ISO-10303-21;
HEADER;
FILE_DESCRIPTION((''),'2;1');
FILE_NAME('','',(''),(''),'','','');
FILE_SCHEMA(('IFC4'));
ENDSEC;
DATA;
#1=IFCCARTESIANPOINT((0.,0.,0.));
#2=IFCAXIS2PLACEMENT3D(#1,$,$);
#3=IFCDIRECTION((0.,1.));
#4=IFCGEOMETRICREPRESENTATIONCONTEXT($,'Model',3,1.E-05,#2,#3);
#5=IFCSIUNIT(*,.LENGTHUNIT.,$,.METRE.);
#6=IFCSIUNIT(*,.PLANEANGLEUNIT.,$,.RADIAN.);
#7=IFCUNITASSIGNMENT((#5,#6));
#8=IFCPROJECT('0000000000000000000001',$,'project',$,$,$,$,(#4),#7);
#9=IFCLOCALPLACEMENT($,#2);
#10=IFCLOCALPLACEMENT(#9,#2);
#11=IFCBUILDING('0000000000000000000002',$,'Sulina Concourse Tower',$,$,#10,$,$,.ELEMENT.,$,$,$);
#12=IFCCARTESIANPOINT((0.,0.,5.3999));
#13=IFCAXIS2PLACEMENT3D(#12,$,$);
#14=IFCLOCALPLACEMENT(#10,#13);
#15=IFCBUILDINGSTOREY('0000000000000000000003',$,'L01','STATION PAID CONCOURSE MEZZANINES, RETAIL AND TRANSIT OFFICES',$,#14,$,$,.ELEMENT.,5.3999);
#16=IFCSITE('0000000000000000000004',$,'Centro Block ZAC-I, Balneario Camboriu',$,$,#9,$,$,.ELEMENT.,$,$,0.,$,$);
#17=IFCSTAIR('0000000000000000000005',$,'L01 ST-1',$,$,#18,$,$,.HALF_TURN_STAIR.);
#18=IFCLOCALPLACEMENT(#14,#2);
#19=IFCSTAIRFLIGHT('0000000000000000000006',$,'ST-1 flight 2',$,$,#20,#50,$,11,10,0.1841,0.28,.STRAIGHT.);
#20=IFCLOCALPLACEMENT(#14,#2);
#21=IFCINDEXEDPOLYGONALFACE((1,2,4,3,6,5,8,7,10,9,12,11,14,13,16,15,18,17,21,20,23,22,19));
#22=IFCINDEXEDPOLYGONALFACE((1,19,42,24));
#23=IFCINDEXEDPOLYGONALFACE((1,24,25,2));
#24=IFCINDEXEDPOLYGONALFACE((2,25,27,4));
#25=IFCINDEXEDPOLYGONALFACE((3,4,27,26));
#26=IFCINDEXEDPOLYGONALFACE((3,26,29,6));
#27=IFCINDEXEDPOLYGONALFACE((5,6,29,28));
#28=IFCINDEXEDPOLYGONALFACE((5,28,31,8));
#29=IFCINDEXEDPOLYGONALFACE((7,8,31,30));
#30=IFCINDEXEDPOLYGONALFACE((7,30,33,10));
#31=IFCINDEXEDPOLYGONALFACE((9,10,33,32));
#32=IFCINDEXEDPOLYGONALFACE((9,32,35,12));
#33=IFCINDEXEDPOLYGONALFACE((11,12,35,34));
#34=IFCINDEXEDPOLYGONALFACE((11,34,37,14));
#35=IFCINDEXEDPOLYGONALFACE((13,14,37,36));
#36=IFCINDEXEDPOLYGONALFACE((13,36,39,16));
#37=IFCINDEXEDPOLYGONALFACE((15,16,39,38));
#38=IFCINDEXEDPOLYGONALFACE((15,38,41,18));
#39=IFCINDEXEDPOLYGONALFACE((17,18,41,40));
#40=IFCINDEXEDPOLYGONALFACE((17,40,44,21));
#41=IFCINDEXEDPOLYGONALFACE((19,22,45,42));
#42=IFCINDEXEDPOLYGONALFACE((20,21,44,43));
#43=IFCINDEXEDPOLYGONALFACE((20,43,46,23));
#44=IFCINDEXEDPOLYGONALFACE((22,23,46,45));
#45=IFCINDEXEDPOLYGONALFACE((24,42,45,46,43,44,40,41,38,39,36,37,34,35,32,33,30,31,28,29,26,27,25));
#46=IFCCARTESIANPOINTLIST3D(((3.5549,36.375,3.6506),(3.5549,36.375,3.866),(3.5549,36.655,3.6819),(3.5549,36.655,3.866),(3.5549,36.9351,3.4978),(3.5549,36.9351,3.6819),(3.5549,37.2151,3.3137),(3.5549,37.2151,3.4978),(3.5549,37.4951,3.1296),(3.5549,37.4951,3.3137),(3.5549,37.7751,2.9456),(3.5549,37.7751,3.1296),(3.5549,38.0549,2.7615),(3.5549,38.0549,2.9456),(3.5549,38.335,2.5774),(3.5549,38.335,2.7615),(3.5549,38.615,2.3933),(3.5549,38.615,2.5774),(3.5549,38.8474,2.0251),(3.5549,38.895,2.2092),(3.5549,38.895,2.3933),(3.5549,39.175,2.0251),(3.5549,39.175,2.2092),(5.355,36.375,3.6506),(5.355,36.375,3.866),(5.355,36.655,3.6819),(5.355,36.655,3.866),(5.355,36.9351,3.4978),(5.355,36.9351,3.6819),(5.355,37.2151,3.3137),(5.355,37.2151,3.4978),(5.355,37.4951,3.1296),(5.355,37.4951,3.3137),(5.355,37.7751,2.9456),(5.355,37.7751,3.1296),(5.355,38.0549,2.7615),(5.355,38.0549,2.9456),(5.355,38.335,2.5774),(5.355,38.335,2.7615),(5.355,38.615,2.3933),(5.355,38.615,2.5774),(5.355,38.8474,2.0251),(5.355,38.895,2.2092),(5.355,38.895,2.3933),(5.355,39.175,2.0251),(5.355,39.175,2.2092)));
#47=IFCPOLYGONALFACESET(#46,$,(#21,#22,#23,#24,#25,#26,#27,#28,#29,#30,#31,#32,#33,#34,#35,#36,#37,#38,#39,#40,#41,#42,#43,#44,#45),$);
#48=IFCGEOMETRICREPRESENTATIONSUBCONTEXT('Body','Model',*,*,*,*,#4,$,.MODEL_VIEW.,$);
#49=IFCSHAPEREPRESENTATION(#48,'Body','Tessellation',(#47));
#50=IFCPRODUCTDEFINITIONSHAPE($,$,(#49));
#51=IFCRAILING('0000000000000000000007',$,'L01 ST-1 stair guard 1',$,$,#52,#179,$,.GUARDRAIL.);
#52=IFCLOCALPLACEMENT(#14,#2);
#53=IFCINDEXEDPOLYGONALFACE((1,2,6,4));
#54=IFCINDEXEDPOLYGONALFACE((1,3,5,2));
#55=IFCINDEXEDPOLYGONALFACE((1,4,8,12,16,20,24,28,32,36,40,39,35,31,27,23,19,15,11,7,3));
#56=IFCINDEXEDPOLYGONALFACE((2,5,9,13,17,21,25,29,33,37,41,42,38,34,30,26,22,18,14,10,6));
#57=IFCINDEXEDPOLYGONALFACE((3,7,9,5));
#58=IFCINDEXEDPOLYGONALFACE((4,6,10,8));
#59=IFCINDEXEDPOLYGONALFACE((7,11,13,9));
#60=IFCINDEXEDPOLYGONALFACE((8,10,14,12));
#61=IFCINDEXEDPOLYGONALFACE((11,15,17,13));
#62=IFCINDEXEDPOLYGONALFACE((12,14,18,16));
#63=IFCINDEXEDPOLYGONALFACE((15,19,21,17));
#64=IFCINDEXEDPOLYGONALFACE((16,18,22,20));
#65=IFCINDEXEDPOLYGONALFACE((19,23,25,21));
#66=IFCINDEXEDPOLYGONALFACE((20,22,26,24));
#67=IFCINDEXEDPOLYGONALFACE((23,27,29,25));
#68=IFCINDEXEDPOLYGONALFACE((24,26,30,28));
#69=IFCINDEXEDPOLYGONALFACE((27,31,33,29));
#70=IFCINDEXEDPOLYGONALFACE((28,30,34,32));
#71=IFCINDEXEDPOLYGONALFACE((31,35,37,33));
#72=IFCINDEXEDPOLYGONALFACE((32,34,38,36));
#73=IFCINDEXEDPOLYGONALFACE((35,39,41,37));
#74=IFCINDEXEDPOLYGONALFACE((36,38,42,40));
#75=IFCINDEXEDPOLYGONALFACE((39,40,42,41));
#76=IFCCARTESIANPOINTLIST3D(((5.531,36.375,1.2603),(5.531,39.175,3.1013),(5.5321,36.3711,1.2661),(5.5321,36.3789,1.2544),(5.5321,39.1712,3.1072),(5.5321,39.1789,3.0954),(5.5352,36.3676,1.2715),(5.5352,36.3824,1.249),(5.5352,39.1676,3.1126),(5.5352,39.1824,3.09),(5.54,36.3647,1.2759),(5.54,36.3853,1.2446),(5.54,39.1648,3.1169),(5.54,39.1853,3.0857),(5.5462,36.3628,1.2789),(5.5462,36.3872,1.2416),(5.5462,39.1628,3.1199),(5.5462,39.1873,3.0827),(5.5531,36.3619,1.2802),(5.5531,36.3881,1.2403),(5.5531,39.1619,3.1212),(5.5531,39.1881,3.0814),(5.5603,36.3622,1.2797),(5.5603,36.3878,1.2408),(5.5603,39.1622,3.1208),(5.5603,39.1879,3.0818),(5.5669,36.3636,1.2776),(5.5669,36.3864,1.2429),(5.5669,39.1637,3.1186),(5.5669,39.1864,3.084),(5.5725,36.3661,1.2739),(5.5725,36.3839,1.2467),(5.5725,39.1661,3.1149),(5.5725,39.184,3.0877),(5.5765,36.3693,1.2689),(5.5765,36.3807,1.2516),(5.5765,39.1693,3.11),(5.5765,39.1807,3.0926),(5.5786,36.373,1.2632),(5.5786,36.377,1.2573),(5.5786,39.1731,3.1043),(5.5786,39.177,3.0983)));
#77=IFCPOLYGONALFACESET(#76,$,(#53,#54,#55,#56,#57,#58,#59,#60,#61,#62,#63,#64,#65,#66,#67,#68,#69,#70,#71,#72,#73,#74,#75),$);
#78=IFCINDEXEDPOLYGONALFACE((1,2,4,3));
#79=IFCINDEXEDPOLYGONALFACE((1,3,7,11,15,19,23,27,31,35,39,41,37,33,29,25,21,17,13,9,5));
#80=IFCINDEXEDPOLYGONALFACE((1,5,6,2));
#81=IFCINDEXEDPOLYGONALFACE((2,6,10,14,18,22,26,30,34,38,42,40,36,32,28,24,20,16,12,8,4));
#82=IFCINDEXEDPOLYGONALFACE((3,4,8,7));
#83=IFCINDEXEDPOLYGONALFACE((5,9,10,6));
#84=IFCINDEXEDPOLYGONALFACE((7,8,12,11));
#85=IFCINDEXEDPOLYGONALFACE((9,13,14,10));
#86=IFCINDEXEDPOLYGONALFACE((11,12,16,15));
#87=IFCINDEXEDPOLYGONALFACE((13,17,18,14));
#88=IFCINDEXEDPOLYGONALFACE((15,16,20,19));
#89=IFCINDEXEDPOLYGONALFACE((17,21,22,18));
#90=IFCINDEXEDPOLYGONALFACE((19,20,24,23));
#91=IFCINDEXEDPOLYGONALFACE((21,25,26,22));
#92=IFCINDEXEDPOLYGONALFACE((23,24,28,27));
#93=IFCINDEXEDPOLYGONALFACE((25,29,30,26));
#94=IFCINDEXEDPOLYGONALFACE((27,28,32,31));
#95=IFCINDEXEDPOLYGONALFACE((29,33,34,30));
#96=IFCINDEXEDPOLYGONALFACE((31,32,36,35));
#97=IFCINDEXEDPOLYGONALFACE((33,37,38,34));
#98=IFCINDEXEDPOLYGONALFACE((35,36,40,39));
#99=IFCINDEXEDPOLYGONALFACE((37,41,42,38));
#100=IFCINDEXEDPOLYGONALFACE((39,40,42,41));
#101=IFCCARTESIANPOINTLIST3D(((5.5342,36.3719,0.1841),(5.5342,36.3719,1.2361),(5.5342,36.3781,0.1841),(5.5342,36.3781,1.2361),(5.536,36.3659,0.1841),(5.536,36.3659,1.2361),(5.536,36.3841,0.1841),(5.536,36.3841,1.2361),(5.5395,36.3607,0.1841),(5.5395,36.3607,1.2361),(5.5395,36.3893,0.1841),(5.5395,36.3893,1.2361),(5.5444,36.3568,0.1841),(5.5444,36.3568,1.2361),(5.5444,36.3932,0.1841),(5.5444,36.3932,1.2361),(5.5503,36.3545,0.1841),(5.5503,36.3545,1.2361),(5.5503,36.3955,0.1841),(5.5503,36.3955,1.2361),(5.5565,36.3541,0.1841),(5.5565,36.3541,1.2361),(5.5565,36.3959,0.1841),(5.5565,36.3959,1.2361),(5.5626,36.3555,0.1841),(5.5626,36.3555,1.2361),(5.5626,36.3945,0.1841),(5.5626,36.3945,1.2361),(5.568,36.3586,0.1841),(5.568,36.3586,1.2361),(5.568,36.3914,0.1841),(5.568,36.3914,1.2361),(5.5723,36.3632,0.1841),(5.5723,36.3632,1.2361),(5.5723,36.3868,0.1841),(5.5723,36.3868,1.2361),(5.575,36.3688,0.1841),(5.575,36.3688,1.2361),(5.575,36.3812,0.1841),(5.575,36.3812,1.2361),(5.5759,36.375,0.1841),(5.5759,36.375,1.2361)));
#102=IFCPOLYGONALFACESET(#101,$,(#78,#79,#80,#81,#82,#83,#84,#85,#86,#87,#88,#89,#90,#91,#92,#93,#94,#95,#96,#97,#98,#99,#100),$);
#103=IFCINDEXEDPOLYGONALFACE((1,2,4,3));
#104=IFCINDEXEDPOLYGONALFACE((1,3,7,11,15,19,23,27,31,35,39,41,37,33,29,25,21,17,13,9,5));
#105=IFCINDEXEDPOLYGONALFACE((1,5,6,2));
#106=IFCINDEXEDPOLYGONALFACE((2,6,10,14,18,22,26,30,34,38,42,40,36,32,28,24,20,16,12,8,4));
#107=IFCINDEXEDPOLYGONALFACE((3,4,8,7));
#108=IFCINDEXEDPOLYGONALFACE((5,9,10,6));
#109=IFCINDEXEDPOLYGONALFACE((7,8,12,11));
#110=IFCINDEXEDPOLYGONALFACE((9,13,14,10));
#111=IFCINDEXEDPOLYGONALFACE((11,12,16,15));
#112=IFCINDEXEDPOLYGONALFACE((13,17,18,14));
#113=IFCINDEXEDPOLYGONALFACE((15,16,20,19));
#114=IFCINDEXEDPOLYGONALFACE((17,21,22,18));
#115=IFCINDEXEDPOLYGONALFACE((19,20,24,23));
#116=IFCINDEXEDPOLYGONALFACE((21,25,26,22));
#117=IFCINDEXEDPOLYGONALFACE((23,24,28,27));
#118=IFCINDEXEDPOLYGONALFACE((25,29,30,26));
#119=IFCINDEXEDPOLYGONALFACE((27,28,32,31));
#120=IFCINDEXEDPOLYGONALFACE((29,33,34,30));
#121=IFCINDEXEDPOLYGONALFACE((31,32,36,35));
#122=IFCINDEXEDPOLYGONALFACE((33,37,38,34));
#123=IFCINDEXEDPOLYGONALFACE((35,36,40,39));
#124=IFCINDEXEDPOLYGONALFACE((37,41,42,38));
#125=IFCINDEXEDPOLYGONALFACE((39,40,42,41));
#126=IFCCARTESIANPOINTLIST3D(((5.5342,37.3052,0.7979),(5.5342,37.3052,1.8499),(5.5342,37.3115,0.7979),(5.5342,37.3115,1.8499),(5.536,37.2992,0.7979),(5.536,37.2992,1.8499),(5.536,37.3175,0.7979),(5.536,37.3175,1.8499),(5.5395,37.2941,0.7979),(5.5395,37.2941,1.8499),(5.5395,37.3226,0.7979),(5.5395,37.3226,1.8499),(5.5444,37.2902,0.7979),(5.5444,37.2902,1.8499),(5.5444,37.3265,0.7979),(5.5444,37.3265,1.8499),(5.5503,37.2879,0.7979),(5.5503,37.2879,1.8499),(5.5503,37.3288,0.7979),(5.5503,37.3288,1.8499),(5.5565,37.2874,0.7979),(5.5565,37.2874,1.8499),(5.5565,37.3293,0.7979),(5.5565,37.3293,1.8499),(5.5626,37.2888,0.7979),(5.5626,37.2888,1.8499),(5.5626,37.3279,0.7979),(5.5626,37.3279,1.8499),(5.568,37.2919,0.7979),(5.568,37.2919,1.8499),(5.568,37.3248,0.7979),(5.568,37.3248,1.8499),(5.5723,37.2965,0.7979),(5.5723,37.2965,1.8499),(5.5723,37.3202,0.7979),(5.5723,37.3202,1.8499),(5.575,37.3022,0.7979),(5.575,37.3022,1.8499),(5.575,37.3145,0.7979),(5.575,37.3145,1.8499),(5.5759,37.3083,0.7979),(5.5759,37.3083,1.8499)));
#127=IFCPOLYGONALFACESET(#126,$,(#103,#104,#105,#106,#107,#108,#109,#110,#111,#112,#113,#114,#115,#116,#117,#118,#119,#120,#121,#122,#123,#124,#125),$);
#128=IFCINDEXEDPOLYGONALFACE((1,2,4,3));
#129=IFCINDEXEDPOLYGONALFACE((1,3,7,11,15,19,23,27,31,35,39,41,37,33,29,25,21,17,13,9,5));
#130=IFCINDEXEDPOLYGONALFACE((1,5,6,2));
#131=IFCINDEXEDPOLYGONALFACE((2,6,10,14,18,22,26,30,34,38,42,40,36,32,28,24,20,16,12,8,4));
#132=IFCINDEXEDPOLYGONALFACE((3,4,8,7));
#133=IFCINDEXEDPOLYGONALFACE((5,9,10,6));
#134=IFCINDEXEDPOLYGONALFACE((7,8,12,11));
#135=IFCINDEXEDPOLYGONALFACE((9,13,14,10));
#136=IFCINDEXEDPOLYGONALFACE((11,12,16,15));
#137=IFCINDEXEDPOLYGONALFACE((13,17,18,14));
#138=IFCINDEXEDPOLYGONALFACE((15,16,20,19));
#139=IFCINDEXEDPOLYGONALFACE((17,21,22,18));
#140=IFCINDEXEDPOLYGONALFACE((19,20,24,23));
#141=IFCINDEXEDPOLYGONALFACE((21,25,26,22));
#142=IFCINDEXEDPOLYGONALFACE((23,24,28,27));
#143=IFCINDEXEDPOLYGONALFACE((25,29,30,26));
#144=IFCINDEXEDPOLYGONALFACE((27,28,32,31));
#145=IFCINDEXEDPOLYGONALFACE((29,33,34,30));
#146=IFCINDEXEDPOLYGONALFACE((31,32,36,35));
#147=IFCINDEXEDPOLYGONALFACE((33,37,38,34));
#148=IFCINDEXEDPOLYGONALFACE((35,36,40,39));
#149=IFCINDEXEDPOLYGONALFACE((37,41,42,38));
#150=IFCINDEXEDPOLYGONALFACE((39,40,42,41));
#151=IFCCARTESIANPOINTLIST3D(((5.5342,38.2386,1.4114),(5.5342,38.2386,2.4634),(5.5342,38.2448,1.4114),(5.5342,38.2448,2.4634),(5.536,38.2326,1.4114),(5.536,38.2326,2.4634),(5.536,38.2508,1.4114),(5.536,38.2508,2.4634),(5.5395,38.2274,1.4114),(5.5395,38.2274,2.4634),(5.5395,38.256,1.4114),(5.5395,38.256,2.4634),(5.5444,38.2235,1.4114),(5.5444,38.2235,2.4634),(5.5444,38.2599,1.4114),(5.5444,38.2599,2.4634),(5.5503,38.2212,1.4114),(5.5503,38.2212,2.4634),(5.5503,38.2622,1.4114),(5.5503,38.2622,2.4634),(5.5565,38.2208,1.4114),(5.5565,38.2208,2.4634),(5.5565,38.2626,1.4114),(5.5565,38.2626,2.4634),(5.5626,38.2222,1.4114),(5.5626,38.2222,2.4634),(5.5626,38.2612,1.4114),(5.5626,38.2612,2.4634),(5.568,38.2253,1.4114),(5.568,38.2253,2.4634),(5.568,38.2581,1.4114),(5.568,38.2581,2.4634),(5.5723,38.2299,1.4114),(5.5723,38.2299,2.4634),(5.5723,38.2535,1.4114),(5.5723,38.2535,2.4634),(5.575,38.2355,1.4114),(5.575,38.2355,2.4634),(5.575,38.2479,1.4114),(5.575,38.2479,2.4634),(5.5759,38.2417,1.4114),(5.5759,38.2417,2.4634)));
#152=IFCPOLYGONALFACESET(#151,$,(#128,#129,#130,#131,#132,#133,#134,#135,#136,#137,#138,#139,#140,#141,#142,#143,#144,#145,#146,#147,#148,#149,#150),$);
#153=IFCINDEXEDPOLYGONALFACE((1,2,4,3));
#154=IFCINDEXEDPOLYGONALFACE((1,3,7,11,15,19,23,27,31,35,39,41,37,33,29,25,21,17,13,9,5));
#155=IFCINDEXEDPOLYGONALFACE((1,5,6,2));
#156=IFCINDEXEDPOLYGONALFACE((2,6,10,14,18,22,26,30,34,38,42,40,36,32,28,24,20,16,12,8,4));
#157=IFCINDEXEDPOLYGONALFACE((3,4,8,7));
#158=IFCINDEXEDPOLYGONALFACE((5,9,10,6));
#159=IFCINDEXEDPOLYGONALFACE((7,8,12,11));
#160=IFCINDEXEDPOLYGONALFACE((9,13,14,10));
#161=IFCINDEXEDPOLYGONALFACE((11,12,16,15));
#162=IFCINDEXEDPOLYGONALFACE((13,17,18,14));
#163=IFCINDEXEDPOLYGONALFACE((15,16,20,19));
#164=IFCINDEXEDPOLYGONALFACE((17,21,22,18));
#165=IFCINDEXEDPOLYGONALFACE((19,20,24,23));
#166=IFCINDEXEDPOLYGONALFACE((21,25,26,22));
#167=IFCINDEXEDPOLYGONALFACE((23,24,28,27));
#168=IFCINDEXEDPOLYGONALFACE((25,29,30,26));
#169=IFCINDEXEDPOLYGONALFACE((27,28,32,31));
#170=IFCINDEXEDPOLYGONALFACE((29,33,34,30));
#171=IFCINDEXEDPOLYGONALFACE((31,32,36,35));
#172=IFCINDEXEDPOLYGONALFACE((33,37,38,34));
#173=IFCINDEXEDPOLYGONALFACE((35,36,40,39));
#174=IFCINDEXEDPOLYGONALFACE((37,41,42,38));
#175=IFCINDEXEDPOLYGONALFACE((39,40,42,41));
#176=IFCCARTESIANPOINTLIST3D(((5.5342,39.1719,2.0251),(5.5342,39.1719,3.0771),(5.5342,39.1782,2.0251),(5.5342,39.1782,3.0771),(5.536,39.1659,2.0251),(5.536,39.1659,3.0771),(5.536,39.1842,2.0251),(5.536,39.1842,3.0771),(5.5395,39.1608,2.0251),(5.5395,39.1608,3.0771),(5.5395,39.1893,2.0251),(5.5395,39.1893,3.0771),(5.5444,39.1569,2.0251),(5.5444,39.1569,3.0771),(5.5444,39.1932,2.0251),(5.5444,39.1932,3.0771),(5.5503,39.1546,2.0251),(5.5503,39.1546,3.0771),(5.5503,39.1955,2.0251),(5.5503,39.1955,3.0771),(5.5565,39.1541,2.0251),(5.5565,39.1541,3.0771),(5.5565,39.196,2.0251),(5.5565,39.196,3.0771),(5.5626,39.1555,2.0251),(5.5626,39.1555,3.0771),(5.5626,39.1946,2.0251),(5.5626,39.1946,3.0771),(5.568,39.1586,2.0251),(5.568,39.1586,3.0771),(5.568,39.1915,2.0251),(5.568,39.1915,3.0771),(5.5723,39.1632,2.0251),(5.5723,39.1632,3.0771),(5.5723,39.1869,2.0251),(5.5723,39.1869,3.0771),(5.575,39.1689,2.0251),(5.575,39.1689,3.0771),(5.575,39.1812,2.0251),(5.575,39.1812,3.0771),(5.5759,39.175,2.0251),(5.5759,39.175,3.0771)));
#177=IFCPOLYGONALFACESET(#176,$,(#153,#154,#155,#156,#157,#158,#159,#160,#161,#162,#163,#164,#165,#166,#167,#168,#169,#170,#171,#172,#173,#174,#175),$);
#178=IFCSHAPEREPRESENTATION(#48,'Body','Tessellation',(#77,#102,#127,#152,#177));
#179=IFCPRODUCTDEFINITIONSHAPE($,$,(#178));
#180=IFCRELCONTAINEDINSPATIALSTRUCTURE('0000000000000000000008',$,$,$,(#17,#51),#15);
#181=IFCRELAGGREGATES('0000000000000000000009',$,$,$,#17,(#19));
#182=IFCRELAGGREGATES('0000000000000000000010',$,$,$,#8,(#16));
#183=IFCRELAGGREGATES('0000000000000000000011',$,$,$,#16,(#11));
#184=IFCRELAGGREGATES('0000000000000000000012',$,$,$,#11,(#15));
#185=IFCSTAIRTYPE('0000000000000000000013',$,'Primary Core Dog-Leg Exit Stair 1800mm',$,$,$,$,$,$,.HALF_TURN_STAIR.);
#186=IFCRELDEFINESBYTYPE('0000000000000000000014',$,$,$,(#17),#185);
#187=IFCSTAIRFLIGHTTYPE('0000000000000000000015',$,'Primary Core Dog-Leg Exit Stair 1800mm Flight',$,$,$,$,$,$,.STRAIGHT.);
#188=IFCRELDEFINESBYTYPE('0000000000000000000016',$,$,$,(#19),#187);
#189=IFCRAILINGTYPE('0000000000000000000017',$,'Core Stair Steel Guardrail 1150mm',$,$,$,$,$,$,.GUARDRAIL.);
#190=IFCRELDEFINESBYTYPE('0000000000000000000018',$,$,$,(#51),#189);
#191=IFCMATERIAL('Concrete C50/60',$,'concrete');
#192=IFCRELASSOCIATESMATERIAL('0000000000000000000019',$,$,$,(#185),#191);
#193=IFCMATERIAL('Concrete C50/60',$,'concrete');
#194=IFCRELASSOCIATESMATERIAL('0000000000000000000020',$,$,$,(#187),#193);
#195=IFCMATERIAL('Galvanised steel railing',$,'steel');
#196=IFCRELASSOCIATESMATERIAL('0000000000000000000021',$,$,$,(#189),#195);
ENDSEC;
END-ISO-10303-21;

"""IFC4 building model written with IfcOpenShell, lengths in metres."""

from ifc_helpers import new_model, si_unit, direction, frame, origin, origin_2d, place, context, subcontext, project, spatial, polyline, circle, outline, extrude, material, type_object, element, aggregate, save


model = new_model("IFC4")

# Units and contexts
model_context = context("Model", 3, precision=1e-05, world=origin(), true_north=direction((0.0, 1.0)))
body_context = subcontext(model_context, "Body", "Model", "MODEL_VIEW")
ifc_project = project(units=[si_unit("LENGTHUNIT", "METRE"), si_unit("PLANEANGLEUNIT", "RADIAN")], contexts=[model_context])

# Site, building, storey
site_placement = place(None, origin())
site = spatial("IfcSite", under=ifc_project, at=site_placement, Name="Centro Block ZAC-I, Balneario Camboriu", CompositionType="ELEMENT", RefElevation=0.0)
building_placement = place(site_placement, origin())
building = spatial("IfcBuilding", under=site, at=building_placement, Name="Sulina Concourse Tower", CompositionType="ELEMENT")
storey_placement = place(building_placement, frame((0.0, 0.0, 5.3999)))
storey = spatial("IfcBuildingStorey", under=building, at=storey_placement, Name="L01", Description="STATION PAID CONCOURSE MEZZANINES, RETAIL AND TRANSIT OFFICES", CompositionType="ELEMENT", Elevation=5.3999)

# Stair, stair flight
ifc_material_1 = material(Name="Concrete C50/60", Category="concrete")
stair_type = type_object("IfcStairType", Name="Primary Core Dog-Leg Exit Stair 1800mm", PredefinedType="HALF_TURN_STAIR", material=ifc_material_1)
stair_placement = place(storey_placement, origin())
stair = element("IfcStair", 1, at=stair_placement, inside=storey, type_object=stair_type, Name="L01 ST-1", PredefinedType="HALF_TURN_STAIR")
ifc_material_2 = material(Name="Concrete C50/60", Category="concrete")
stair_flight_type = type_object("IfcStairFlightType", Name="Primary Core Dog-Leg Exit Stair 1800mm Flight", PredefinedType="STRAIGHT", material=ifc_material_2)
stair_flight_placement = place(storey_placement, frame((4.4551, 39.175, 2.0251), z_axis=(0.0, 0.0, 1.0), x_axis=(0.0, -1.0, 0.0)))
stair_flight = element("IfcStairFlight", 2, at=stair_flight_placement, type_object=stair_flight_type, Name="ST-1 flight 2", NumberOfRisers=11, NumberOfTreads=10, PredefinedType="STRAIGHT", RiserHeight=0.1841, TreadLength=0.28, context=body_context, shape_type="SweptSolid", body=[
    extrude(outline(polyline([(0.0, 0.0), (0.0, 0.1841), (0.28, 0.1841), (0.28, 0.3682), (0.5601, 0.3682), (0.5601, 0.5522), (0.8401, 0.5522), (0.8401, 0.7363), (1.1201, 0.7363), (1.1201, 0.9204), (1.3999, 0.9204), (1.3999, 1.1045), (1.6799, 1.1045), (1.6799, 1.2886), (1.96, 1.2886), (1.96, 1.4727), (2.24, 1.4727), (2.24, 1.6567), (2.52, 1.6567), (2.52, 1.8408), (2.8, 1.8408), (2.8, 2.0249), (2.8, 1.6255), (0.3276, 0.0), (0.0, 0.0)])), frame((0.0, 0.8999, 0.0), z_axis=(0.0, -1.0, 0.0), x_axis=(1.0, 0.0, 0.0)), (0.0, 0.0, 1.0), 1.8),
])
aggregate(stair, [stair_flight])

# Railing
ifc_material_3 = material(Name="Galvanised steel railing", Category="steel")
railing_type_1 = type_object("IfcRailingType", Name="Core Stair Steel Guardrail 1150mm", PredefinedType="GUARDRAIL", material=ifc_material_3)
railing_1_placement = place(storey_placement, frame((5.5549, 36.375, 0.1841)))
element("IfcRailing", 3, at=railing_1_placement, inside=storey, type_object=railing_type_1, Name="L01 ST-1 stair guard 1", PredefinedType="GUARDRAIL", context=body_context, shape_type="SweptSolid", body=[
    extrude(circle(Radius=0.0239, at=origin_2d()), frame((0.0, 0.0, 1.0762), z_axis=(0.0, 0.835564, 0.549393), x_axis=(-1.0, 0.0, 0.0)), (0.0, 0.0, 1.0), 3.3511),
    extrude(circle(Radius=0.021, at=origin_2d()), origin(), (0.0, 0.0, 1.0), 1.052),
    extrude(circle(Radius=0.021, at=origin_2d()), frame((0.0, 0.9333, 0.6138)), (0.0, 0.0, 1.0), 1.052),
    extrude(circle(Radius=0.021, at=origin_2d()), frame((0.0, 1.8667, 1.2273)), (0.0, 0.0, 1.0), 1.052),
    extrude(circle(Radius=0.021, at=origin_2d()), frame((0.0, 2.8, 1.8411)), (0.0, 0.0, 1.0), 1.052),
])

save(model, "model.ifc")
